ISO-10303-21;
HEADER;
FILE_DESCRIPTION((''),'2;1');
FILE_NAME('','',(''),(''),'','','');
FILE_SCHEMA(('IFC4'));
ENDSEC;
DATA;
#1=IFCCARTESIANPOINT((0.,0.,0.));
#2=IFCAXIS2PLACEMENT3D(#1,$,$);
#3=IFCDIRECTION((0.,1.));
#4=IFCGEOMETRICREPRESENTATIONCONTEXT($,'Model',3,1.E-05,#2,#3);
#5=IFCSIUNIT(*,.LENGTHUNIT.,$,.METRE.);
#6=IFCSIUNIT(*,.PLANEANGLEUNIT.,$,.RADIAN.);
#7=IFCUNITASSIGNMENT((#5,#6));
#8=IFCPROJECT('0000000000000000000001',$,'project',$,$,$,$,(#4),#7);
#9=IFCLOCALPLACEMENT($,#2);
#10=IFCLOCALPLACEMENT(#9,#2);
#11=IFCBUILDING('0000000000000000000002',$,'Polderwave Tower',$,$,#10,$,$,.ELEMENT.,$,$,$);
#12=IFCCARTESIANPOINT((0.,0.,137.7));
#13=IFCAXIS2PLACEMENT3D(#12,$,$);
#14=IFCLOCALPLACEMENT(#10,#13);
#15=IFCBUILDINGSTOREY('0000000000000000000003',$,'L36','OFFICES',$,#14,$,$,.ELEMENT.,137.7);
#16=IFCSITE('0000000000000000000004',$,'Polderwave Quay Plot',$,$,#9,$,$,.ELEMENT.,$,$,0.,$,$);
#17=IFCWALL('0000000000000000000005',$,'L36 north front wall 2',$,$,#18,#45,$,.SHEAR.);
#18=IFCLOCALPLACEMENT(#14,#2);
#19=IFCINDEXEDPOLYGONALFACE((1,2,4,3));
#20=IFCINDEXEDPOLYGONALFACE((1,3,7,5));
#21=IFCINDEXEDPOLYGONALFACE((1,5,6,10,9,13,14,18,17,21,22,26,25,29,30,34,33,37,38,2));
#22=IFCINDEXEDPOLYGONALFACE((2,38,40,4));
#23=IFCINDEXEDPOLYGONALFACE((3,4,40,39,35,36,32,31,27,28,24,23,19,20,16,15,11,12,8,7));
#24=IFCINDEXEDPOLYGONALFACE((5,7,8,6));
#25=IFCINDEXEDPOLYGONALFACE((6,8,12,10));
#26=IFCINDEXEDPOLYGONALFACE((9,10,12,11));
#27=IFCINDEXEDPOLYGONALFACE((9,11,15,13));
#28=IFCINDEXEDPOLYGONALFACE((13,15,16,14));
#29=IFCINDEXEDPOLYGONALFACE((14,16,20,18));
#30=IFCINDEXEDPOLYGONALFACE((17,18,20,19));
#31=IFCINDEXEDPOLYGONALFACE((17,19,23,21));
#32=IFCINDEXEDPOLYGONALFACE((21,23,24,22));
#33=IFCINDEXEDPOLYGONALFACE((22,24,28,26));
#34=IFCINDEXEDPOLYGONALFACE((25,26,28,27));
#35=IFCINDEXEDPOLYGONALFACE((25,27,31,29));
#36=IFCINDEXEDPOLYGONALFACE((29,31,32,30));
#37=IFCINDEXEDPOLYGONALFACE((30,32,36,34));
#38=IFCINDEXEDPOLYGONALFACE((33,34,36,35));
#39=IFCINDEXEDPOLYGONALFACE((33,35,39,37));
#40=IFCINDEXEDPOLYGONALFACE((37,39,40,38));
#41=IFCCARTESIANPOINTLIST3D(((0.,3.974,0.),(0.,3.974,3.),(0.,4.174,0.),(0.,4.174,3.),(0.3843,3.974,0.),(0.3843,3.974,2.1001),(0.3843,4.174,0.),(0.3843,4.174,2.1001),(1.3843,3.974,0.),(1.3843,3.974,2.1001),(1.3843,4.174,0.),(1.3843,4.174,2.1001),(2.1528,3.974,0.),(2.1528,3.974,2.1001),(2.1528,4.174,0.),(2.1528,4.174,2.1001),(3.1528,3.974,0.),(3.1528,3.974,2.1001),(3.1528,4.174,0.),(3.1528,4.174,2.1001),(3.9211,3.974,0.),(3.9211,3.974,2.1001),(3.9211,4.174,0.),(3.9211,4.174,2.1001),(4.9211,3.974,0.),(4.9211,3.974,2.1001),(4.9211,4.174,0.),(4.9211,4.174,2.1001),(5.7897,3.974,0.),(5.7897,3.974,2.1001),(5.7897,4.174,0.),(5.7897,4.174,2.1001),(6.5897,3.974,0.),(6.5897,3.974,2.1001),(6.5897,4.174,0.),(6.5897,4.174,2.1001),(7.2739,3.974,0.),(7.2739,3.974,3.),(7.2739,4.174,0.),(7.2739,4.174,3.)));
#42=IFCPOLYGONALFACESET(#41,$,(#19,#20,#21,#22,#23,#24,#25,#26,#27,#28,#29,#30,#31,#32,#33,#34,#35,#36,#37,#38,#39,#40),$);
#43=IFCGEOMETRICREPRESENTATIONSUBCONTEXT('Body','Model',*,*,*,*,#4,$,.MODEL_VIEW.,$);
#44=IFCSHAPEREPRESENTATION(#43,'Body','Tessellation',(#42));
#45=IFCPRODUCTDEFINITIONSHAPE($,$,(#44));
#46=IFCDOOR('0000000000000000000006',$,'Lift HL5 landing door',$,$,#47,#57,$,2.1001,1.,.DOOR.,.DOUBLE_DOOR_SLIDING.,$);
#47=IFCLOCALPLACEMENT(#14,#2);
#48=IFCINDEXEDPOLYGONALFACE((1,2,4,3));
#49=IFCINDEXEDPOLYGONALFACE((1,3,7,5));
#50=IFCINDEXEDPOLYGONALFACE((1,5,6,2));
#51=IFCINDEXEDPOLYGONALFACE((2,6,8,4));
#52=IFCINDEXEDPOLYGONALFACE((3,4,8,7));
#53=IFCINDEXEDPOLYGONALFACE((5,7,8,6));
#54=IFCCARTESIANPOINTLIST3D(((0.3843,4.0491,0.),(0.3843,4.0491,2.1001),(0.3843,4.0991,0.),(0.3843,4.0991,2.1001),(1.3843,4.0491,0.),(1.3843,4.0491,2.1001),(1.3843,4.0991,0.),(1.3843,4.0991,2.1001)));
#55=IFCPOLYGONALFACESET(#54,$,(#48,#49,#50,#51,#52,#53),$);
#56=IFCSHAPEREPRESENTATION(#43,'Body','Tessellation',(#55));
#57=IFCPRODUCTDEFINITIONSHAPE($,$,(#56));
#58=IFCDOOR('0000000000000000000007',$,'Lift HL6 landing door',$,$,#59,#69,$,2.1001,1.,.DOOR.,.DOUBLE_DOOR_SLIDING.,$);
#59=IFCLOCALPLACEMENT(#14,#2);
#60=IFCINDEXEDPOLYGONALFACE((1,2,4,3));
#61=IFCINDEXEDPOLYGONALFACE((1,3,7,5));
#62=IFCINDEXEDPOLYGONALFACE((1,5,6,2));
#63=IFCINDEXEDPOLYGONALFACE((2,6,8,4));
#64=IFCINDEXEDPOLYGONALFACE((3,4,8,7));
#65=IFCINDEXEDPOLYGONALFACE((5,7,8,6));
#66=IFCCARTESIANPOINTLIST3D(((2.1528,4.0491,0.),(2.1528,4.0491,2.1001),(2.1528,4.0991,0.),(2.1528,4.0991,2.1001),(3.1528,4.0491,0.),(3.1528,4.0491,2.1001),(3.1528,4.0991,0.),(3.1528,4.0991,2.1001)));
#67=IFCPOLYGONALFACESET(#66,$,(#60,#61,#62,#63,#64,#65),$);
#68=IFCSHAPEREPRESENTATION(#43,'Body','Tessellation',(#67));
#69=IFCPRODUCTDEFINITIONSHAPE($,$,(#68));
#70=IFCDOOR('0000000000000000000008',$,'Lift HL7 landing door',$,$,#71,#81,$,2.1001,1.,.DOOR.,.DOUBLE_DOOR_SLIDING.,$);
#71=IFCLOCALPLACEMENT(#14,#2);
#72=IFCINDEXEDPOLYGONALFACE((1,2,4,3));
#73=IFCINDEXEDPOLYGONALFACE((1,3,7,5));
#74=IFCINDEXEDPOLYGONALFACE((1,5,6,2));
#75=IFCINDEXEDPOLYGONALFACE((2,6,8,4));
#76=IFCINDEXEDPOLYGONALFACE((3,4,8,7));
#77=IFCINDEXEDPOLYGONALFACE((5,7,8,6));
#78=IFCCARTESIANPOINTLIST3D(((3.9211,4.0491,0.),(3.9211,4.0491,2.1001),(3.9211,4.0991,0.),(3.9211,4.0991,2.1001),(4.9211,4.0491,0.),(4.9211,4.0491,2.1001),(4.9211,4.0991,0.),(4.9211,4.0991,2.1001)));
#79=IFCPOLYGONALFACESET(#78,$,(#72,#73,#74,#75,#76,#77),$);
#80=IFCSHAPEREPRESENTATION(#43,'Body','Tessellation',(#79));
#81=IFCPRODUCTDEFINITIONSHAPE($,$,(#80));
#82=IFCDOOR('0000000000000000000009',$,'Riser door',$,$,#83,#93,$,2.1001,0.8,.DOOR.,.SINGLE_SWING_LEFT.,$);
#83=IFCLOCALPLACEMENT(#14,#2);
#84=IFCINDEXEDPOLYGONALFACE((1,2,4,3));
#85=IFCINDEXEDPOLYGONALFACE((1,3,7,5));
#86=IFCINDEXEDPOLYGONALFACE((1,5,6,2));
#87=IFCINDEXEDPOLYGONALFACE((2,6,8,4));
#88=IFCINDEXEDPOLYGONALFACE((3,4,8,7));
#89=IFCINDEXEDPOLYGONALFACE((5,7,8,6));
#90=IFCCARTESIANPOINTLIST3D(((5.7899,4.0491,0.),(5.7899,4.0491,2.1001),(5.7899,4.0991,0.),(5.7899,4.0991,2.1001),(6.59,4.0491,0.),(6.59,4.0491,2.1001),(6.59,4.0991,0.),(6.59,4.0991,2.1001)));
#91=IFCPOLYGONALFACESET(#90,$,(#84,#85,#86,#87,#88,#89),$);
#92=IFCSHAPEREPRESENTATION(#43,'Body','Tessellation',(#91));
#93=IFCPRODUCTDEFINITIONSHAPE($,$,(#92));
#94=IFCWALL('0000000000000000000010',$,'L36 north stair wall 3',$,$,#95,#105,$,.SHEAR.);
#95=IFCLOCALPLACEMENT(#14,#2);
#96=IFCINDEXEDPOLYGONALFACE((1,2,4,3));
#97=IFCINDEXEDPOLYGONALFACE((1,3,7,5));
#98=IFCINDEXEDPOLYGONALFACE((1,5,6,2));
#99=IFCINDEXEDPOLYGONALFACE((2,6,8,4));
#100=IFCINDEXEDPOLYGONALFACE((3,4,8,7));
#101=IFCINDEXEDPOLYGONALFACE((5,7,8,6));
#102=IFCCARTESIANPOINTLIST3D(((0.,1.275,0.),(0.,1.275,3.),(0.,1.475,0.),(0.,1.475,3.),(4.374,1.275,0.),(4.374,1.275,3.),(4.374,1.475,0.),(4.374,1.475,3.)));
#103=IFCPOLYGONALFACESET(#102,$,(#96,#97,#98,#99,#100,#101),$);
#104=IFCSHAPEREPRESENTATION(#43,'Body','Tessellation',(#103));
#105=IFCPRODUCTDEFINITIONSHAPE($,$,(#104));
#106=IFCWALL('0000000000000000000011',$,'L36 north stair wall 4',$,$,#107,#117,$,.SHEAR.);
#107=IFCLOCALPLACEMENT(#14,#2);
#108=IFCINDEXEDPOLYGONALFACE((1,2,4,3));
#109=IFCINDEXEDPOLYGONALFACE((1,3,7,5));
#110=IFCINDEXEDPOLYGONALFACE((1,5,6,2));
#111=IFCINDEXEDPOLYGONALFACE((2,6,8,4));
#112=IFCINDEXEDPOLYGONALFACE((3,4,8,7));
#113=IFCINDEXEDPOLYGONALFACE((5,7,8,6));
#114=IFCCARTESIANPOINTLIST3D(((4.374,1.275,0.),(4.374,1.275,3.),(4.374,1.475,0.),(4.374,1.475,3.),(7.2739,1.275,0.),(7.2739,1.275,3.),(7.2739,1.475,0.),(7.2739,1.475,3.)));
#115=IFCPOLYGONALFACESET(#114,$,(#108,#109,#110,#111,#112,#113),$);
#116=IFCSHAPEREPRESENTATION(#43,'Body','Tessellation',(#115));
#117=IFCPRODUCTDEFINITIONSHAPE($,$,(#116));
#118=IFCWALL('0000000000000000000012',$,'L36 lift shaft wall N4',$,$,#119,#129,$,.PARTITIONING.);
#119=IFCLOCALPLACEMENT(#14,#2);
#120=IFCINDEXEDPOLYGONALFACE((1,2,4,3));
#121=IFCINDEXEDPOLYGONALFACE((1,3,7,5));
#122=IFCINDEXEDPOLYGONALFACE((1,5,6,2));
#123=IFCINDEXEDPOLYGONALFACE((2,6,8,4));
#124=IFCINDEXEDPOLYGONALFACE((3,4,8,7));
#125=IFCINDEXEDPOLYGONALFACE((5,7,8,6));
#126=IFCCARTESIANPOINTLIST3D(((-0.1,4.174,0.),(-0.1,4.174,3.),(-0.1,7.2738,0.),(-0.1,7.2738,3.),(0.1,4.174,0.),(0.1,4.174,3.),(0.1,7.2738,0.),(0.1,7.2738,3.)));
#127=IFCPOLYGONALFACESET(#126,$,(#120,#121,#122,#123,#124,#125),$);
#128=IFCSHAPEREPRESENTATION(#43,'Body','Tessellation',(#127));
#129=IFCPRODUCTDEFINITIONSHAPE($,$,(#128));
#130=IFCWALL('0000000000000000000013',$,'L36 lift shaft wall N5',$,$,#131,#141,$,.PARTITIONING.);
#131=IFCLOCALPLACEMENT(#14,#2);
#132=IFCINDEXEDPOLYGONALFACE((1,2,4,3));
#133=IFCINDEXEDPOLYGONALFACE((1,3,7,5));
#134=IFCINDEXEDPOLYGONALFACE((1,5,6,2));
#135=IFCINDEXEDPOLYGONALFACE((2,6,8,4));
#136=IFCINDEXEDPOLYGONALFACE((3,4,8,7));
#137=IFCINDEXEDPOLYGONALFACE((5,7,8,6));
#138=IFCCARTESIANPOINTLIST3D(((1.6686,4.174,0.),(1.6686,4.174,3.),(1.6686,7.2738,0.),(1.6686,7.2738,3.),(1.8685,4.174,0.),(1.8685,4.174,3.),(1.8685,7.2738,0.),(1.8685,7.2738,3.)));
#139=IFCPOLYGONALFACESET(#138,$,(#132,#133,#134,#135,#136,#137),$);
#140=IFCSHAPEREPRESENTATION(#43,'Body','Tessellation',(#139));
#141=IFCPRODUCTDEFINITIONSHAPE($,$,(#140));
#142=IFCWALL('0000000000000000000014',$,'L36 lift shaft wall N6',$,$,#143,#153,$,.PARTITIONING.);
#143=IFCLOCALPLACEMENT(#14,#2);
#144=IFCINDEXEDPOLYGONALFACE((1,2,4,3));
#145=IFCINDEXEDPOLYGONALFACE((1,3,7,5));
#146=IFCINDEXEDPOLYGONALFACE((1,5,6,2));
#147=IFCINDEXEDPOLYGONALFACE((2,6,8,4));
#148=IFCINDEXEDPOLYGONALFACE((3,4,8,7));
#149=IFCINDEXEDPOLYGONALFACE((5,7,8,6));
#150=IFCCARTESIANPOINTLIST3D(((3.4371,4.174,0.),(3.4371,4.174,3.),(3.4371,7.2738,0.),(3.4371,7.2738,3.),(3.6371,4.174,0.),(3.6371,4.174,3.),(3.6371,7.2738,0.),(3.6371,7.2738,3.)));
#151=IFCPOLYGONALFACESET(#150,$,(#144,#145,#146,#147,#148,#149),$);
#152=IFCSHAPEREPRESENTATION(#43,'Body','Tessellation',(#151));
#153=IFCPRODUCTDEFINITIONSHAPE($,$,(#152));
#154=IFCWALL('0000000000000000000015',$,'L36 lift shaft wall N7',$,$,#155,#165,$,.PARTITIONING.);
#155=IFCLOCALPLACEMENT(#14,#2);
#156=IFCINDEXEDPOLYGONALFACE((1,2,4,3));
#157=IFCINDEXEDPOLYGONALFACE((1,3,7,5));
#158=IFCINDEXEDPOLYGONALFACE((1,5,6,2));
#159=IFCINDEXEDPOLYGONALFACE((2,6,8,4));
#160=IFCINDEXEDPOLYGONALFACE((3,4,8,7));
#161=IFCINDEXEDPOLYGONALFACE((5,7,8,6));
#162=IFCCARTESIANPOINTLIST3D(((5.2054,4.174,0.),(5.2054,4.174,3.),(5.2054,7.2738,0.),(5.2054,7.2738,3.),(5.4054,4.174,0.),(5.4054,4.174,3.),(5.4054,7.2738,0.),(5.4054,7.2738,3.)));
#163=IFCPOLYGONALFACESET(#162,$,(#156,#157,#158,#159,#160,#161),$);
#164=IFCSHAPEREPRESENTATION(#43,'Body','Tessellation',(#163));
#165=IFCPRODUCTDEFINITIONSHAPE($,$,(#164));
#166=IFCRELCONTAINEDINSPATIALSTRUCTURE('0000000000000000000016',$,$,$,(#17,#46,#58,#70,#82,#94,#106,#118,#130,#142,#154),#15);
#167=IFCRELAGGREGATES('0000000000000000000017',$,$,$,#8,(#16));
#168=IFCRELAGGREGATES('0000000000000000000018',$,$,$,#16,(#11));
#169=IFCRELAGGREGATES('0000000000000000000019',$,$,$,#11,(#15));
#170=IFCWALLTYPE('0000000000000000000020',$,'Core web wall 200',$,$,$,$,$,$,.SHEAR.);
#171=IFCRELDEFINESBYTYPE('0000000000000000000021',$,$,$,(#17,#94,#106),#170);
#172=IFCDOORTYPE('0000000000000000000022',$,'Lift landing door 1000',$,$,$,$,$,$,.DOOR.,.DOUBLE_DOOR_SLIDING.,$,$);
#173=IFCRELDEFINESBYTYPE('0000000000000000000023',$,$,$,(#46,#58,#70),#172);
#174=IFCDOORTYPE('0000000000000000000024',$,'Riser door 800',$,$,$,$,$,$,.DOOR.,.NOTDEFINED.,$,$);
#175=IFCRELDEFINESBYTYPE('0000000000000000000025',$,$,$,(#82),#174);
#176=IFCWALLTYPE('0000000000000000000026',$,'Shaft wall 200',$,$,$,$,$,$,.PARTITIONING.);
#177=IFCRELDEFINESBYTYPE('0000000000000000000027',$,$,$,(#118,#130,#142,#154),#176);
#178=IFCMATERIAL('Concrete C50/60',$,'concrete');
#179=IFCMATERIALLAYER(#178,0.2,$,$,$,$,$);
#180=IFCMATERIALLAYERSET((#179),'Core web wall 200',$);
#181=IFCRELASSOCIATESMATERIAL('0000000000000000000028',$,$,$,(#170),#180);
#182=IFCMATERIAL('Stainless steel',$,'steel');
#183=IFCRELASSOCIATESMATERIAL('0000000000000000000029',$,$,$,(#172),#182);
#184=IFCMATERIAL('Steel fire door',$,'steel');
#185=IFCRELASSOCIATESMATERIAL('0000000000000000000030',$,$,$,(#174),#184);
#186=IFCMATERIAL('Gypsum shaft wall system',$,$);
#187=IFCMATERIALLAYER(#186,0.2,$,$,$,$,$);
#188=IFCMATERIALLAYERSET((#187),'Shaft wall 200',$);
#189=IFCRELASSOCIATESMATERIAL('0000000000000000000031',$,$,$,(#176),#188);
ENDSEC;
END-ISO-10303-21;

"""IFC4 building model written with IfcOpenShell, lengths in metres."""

from ifc_helpers import new_model, si_unit, direction, frame, frame_2d, origin, place, context, subcontext, project, spatial, rectangle, extrude, material, layer, layer_set, type_object, element, fill, save


model = new_model("IFC4")

# Units and contexts
model_context = context("Model", 3, precision=1e-05, world=origin(), true_north=direction((0.0, 1.0)))
body_context = subcontext(model_context, "Body", "Model", "MODEL_VIEW")
ifc_project = project(units=[si_unit("LENGTHUNIT", "METRE"), si_unit("PLANEANGLEUNIT", "RADIAN")], contexts=[model_context])

# Site, building, storey
site_placement = place(None, origin())
site = spatial("IfcSite", under=ifc_project, at=site_placement, Name="Polderwave Quay Plot", CompositionType="ELEMENT", RefElevation=0.0)
building_placement = place(site_placement, origin())
building = spatial("IfcBuilding", under=site, at=building_placement, Name="Polderwave Tower", CompositionType="ELEMENT")
storey_placement = place(building_placement, frame((0.0, 0.0, 137.7)))
storey = spatial("IfcBuildingStorey", under=building, at=storey_placement, Name="L36", Description="OFFICES", CompositionType="ELEMENT", Elevation=137.7)

# Wall, openings, doors
ifc_material_1 = material(Name="Concrete C50/60", Category="concrete")
ifc_layer_1 = layer(ifc_material_1, 0.2)
ifc_layer_set_1 = layer_set([ifc_layer_1], Name="Core web wall 200")
wall_type_1 = type_object("IfcWallType", Name="Core web wall 200", PredefinedType="SHEAR", material=ifc_layer_set_1)
wall_1_placement = place(storey_placement, frame((0.0, 4.074, 0.0), z_axis=(0.0, 0.0, 1.0), x_axis=(1.0, 0.0, 0.0)))
wall_1 = element("IfcWall", 1, at=wall_1_placement, inside=storey, type_object=wall_type_1, Name="L36 north front wall 2", PredefinedType="SHEAR", context=body_context, shape_type="SweptSolid", body=[
    extrude(rectangle(XDim=7.2739, YDim=0.2, at=frame_2d((3.637, 0.0))), origin(), (0.0, 0.0, 1.0), 3.0),
])
opening_1_placement = place(wall_1_placement, frame((0.3843, 0.0, 0.0)))
opening_1 = element("IfcOpeningElement", 2, at=opening_1_placement, cuts=wall_1, PredefinedType="OPENING", context=body_context, shape_type="SweptSolid", body=[
    extrude(rectangle(XDim=1.0, YDim=2.1001, at=frame_2d((0.5, 1.05))), frame((0.0, 0.1099, 0.0), z_axis=(0.0, -1.0, 0.0), x_axis=(1.0, 0.0, 0.0)), (0.0, 0.0, 1.0), 0.22),
])
opening_2_placement = place(wall_1_placement, frame((2.1528, 0.0, 0.0)))
opening_2 = element("IfcOpeningElement", 3, at=opening_2_placement, cuts=wall_1, PredefinedType="OPENING", context=body_context, shape_type="SweptSolid", body=[
    extrude(rectangle(XDim=1.0, YDim=2.1001, at=frame_2d((0.5, 1.05))), frame((0.0, 0.1099, 0.0), z_axis=(0.0, -1.0, 0.0), x_axis=(1.0, 0.0, 0.0)), (0.0, 0.0, 1.0), 0.22),
])
opening_3_placement = place(wall_1_placement, frame((3.9211, 0.0, 0.0)))
opening_3 = element("IfcOpeningElement", 4, at=opening_3_placement, cuts=wall_1, PredefinedType="OPENING", context=body_context, shape_type="SweptSolid", body=[
    extrude(rectangle(XDim=1.0, YDim=2.1001, at=frame_2d((0.5, 1.05))), frame((0.0, 0.1099, 0.0), z_axis=(0.0, -1.0, 0.0), x_axis=(1.0, 0.0, 0.0)), (0.0, 0.0, 1.0), 0.22),
])
opening_4_placement = place(wall_1_placement, frame((5.7898, 0.0, 0.0)))
opening_4 = element("IfcOpeningElement", 5, at=opening_4_placement, cuts=wall_1, PredefinedType="OPENING", context=body_context, shape_type="SweptSolid", body=[
    extrude(rectangle(XDim=0.8, YDim=2.1001, at=frame_2d((0.3999, 1.05))), frame((0.0, 0.1099, 0.0), z_axis=(0.0, -1.0, 0.0), x_axis=(1.0, 0.0, 0.0)), (0.0, 0.0, 1.0), 0.22),
])
ifc_material_2 = material(Name="Stainless steel", Category="steel")
door_type_1 = type_object("IfcDoorType", Name="Lift landing door 1000", OperationType="DOUBLE_DOOR_SLIDING", PredefinedType="DOOR", material=ifc_material_2)
door_1_placement = place(opening_1_placement, frame((1.0, 0.0, 0.0), z_axis=(0.0, 0.0, 1.0), x_axis=(-1.0, 0.0, 0.0)))
door_1 = element("IfcDoor", 6, at=door_1_placement, inside=storey, type_object=door_type_1, Name="Lift HL5 landing door", OperationType="DOUBLE_DOOR_SLIDING", OverallHeight=2.1001, OverallWidth=1.0, PredefinedType="DOOR", context=body_context, shape_type="SweptSolid", body=[
    extrude(rectangle(XDim=1.0, YDim=2.1001, at=frame_2d((0.5, 1.05))), frame((0.0, 0.0249, 0.0), z_axis=(0.0, -1.0, 0.0), x_axis=(1.0, 0.0, 0.0)), (0.0, 0.0, 1.0), 0.05),
])
fill(opening_1, door_1)
door_2_placement = place(opening_2_placement, frame((1.0, 0.0, 0.0), z_axis=(0.0, 0.0, 1.0), x_axis=(-1.0, 0.0, 0.0)))
door_2 = element("IfcDoor", 7, at=door_2_placement, inside=storey, type_object=door_type_1, Name="Lift HL6 landing door", OperationType="DOUBLE_DOOR_SLIDING", OverallHeight=2.1001, OverallWidth=1.0, PredefinedType="DOOR", context=body_context, shape_type="SweptSolid", body=[
    extrude(rectangle(XDim=1.0, YDim=2.1001, at=frame_2d((0.5, 1.05))), frame((0.0, 0.0249, 0.0), z_axis=(0.0, -1.0, 0.0), x_axis=(1.0, 0.0, 0.0)), (0.0, 0.0, 1.0), 0.05),
])
fill(opening_2, door_2)
door_3_placement = place(opening_3_placement, frame((1.0, 0.0, 0.0), z_axis=(0.0, 0.0, 1.0), x_axis=(-1.0, 0.0, 0.0)))
door_3 = element("IfcDoor", 8, at=door_3_placement, inside=storey, type_object=door_type_1, Name="Lift HL7 landing door", OperationType="DOUBLE_DOOR_SLIDING", OverallHeight=2.1001, OverallWidth=1.0, PredefinedType="DOOR", context=body_context, shape_type="SweptSolid", body=[
    extrude(rectangle(XDim=1.0, YDim=2.1001, at=frame_2d((0.5, 1.05))), frame((0.0, 0.0249, 0.0), z_axis=(0.0, -1.0, 0.0), x_axis=(1.0, 0.0, 0.0)), (0.0, 0.0, 1.0), 0.05),
])
fill(opening_3, door_3)
ifc_material_3 = material(Name="Steel fire door", Category="steel")
door_type_2 = type_object("IfcDoorType", Name="Riser door 800", OperationType="NOTDEFINED", PredefinedType="DOOR", material=ifc_material_3)
door_4_placement = place(opening_4_placement, frame((0.8, 0.0, 0.0), z_axis=(0.0, 0.0, 1.0), x_axis=(-1.0, 0.0, 0.0)))
door_4 = element("IfcDoor", 9, at=door_4_placement, inside=storey, type_object=door_type_2, Name="Riser door", OperationType="SINGLE_SWING_LEFT", OverallHeight=2.1001, OverallWidth=0.8, PredefinedType="DOOR", context=body_context, shape_type="SweptSolid", body=[
    extrude(rectangle(XDim=0.8, YDim=2.1001, at=frame_2d((0.3999, 1.05))), frame((0.0, 0.0249, 0.0), z_axis=(0.0, -1.0, 0.0), x_axis=(1.0, 0.0, 0.0)), (0.0, 0.0, 1.0), 0.05),
])
fill(opening_4, door_4)

# Walls
wall_2_placement = place(storey_placement, frame((0.0, 1.375, 0.0), z_axis=(0.0, 0.0, 1.0), x_axis=(1.0, 0.0, 0.0)))
element("IfcWall", 10, at=wall_2_placement, inside=storey, type_object=wall_type_1, Name="L36 north stair wall 3", PredefinedType="SHEAR", context=body_context, shape_type="SweptSolid", body=[
    extrude(rectangle(XDim=4.374, YDim=0.2, at=frame_2d((2.187, 0.0))), origin(), (0.0, 0.0, 1.0), 3.0),
])
wall_3_placement = place(storey_placement, frame((4.374, 1.375, 0.0), z_axis=(0.0, 0.0, 1.0), x_axis=(1.0, 0.0, 0.0)))
element("IfcWall", 11, at=wall_3_placement, inside=storey, type_object=wall_type_1, Name="L36 north stair wall 4", PredefinedType="SHEAR", context=body_context, shape_type="SweptSolid", body=[
    extrude(rectangle(XDim=2.8999, YDim=0.2, at=frame_2d((1.45, 0.0))), origin(), (0.0, 0.0, 1.0), 3.0),
])
ifc_material_4 = material(Name="Gypsum shaft wall system")
ifc_layer_2 = layer(ifc_material_4, 0.2)
ifc_layer_set_2 = layer_set([ifc_layer_2], Name="Shaft wall 200")
wall_type_2 = type_object("IfcWallType", Name="Shaft wall 200", PredefinedType="PARTITIONING", material=ifc_layer_set_2)
for number, where, z_axis, x_axis, name in (
    (12, (0.0, 4.1741, 0.0), (0.0, 0.0, 1.0), (0.0, 1.0, 0.0), "L36 lift shaft wall N4"),
    (13, (1.7686, 4.1741, 0.0), (0.0, 0.0, 1.0), (0.0, 1.0, 0.0), "L36 lift shaft wall N5"),
    (14, (3.5371, 4.1741, 0.0), (0.0, 0.0, 1.0), (0.0, 1.0, 0.0), "L36 lift shaft wall N6"),
    (15, (5.3054, 4.1741, 0.0), (0.0, 0.0, 1.0), (0.0, 1.0, 0.0), "L36 lift shaft wall N7"),
):
    element("IfcWall", number, at=place(storey_placement, frame(where, z_axis=z_axis, x_axis=x_axis)), inside=storey, type_object=wall_type_2, Name=name, PredefinedType="PARTITIONING", context=body_context, shape_type="SweptSolid", body=[
        extrude(rectangle(XDim=3.0999, YDim=0.2, at=frame_2d((1.5498, 0.0))), origin(), (0.0, 0.0, 1.0), 3.0),
    ])

save(model, "model.ifc")
